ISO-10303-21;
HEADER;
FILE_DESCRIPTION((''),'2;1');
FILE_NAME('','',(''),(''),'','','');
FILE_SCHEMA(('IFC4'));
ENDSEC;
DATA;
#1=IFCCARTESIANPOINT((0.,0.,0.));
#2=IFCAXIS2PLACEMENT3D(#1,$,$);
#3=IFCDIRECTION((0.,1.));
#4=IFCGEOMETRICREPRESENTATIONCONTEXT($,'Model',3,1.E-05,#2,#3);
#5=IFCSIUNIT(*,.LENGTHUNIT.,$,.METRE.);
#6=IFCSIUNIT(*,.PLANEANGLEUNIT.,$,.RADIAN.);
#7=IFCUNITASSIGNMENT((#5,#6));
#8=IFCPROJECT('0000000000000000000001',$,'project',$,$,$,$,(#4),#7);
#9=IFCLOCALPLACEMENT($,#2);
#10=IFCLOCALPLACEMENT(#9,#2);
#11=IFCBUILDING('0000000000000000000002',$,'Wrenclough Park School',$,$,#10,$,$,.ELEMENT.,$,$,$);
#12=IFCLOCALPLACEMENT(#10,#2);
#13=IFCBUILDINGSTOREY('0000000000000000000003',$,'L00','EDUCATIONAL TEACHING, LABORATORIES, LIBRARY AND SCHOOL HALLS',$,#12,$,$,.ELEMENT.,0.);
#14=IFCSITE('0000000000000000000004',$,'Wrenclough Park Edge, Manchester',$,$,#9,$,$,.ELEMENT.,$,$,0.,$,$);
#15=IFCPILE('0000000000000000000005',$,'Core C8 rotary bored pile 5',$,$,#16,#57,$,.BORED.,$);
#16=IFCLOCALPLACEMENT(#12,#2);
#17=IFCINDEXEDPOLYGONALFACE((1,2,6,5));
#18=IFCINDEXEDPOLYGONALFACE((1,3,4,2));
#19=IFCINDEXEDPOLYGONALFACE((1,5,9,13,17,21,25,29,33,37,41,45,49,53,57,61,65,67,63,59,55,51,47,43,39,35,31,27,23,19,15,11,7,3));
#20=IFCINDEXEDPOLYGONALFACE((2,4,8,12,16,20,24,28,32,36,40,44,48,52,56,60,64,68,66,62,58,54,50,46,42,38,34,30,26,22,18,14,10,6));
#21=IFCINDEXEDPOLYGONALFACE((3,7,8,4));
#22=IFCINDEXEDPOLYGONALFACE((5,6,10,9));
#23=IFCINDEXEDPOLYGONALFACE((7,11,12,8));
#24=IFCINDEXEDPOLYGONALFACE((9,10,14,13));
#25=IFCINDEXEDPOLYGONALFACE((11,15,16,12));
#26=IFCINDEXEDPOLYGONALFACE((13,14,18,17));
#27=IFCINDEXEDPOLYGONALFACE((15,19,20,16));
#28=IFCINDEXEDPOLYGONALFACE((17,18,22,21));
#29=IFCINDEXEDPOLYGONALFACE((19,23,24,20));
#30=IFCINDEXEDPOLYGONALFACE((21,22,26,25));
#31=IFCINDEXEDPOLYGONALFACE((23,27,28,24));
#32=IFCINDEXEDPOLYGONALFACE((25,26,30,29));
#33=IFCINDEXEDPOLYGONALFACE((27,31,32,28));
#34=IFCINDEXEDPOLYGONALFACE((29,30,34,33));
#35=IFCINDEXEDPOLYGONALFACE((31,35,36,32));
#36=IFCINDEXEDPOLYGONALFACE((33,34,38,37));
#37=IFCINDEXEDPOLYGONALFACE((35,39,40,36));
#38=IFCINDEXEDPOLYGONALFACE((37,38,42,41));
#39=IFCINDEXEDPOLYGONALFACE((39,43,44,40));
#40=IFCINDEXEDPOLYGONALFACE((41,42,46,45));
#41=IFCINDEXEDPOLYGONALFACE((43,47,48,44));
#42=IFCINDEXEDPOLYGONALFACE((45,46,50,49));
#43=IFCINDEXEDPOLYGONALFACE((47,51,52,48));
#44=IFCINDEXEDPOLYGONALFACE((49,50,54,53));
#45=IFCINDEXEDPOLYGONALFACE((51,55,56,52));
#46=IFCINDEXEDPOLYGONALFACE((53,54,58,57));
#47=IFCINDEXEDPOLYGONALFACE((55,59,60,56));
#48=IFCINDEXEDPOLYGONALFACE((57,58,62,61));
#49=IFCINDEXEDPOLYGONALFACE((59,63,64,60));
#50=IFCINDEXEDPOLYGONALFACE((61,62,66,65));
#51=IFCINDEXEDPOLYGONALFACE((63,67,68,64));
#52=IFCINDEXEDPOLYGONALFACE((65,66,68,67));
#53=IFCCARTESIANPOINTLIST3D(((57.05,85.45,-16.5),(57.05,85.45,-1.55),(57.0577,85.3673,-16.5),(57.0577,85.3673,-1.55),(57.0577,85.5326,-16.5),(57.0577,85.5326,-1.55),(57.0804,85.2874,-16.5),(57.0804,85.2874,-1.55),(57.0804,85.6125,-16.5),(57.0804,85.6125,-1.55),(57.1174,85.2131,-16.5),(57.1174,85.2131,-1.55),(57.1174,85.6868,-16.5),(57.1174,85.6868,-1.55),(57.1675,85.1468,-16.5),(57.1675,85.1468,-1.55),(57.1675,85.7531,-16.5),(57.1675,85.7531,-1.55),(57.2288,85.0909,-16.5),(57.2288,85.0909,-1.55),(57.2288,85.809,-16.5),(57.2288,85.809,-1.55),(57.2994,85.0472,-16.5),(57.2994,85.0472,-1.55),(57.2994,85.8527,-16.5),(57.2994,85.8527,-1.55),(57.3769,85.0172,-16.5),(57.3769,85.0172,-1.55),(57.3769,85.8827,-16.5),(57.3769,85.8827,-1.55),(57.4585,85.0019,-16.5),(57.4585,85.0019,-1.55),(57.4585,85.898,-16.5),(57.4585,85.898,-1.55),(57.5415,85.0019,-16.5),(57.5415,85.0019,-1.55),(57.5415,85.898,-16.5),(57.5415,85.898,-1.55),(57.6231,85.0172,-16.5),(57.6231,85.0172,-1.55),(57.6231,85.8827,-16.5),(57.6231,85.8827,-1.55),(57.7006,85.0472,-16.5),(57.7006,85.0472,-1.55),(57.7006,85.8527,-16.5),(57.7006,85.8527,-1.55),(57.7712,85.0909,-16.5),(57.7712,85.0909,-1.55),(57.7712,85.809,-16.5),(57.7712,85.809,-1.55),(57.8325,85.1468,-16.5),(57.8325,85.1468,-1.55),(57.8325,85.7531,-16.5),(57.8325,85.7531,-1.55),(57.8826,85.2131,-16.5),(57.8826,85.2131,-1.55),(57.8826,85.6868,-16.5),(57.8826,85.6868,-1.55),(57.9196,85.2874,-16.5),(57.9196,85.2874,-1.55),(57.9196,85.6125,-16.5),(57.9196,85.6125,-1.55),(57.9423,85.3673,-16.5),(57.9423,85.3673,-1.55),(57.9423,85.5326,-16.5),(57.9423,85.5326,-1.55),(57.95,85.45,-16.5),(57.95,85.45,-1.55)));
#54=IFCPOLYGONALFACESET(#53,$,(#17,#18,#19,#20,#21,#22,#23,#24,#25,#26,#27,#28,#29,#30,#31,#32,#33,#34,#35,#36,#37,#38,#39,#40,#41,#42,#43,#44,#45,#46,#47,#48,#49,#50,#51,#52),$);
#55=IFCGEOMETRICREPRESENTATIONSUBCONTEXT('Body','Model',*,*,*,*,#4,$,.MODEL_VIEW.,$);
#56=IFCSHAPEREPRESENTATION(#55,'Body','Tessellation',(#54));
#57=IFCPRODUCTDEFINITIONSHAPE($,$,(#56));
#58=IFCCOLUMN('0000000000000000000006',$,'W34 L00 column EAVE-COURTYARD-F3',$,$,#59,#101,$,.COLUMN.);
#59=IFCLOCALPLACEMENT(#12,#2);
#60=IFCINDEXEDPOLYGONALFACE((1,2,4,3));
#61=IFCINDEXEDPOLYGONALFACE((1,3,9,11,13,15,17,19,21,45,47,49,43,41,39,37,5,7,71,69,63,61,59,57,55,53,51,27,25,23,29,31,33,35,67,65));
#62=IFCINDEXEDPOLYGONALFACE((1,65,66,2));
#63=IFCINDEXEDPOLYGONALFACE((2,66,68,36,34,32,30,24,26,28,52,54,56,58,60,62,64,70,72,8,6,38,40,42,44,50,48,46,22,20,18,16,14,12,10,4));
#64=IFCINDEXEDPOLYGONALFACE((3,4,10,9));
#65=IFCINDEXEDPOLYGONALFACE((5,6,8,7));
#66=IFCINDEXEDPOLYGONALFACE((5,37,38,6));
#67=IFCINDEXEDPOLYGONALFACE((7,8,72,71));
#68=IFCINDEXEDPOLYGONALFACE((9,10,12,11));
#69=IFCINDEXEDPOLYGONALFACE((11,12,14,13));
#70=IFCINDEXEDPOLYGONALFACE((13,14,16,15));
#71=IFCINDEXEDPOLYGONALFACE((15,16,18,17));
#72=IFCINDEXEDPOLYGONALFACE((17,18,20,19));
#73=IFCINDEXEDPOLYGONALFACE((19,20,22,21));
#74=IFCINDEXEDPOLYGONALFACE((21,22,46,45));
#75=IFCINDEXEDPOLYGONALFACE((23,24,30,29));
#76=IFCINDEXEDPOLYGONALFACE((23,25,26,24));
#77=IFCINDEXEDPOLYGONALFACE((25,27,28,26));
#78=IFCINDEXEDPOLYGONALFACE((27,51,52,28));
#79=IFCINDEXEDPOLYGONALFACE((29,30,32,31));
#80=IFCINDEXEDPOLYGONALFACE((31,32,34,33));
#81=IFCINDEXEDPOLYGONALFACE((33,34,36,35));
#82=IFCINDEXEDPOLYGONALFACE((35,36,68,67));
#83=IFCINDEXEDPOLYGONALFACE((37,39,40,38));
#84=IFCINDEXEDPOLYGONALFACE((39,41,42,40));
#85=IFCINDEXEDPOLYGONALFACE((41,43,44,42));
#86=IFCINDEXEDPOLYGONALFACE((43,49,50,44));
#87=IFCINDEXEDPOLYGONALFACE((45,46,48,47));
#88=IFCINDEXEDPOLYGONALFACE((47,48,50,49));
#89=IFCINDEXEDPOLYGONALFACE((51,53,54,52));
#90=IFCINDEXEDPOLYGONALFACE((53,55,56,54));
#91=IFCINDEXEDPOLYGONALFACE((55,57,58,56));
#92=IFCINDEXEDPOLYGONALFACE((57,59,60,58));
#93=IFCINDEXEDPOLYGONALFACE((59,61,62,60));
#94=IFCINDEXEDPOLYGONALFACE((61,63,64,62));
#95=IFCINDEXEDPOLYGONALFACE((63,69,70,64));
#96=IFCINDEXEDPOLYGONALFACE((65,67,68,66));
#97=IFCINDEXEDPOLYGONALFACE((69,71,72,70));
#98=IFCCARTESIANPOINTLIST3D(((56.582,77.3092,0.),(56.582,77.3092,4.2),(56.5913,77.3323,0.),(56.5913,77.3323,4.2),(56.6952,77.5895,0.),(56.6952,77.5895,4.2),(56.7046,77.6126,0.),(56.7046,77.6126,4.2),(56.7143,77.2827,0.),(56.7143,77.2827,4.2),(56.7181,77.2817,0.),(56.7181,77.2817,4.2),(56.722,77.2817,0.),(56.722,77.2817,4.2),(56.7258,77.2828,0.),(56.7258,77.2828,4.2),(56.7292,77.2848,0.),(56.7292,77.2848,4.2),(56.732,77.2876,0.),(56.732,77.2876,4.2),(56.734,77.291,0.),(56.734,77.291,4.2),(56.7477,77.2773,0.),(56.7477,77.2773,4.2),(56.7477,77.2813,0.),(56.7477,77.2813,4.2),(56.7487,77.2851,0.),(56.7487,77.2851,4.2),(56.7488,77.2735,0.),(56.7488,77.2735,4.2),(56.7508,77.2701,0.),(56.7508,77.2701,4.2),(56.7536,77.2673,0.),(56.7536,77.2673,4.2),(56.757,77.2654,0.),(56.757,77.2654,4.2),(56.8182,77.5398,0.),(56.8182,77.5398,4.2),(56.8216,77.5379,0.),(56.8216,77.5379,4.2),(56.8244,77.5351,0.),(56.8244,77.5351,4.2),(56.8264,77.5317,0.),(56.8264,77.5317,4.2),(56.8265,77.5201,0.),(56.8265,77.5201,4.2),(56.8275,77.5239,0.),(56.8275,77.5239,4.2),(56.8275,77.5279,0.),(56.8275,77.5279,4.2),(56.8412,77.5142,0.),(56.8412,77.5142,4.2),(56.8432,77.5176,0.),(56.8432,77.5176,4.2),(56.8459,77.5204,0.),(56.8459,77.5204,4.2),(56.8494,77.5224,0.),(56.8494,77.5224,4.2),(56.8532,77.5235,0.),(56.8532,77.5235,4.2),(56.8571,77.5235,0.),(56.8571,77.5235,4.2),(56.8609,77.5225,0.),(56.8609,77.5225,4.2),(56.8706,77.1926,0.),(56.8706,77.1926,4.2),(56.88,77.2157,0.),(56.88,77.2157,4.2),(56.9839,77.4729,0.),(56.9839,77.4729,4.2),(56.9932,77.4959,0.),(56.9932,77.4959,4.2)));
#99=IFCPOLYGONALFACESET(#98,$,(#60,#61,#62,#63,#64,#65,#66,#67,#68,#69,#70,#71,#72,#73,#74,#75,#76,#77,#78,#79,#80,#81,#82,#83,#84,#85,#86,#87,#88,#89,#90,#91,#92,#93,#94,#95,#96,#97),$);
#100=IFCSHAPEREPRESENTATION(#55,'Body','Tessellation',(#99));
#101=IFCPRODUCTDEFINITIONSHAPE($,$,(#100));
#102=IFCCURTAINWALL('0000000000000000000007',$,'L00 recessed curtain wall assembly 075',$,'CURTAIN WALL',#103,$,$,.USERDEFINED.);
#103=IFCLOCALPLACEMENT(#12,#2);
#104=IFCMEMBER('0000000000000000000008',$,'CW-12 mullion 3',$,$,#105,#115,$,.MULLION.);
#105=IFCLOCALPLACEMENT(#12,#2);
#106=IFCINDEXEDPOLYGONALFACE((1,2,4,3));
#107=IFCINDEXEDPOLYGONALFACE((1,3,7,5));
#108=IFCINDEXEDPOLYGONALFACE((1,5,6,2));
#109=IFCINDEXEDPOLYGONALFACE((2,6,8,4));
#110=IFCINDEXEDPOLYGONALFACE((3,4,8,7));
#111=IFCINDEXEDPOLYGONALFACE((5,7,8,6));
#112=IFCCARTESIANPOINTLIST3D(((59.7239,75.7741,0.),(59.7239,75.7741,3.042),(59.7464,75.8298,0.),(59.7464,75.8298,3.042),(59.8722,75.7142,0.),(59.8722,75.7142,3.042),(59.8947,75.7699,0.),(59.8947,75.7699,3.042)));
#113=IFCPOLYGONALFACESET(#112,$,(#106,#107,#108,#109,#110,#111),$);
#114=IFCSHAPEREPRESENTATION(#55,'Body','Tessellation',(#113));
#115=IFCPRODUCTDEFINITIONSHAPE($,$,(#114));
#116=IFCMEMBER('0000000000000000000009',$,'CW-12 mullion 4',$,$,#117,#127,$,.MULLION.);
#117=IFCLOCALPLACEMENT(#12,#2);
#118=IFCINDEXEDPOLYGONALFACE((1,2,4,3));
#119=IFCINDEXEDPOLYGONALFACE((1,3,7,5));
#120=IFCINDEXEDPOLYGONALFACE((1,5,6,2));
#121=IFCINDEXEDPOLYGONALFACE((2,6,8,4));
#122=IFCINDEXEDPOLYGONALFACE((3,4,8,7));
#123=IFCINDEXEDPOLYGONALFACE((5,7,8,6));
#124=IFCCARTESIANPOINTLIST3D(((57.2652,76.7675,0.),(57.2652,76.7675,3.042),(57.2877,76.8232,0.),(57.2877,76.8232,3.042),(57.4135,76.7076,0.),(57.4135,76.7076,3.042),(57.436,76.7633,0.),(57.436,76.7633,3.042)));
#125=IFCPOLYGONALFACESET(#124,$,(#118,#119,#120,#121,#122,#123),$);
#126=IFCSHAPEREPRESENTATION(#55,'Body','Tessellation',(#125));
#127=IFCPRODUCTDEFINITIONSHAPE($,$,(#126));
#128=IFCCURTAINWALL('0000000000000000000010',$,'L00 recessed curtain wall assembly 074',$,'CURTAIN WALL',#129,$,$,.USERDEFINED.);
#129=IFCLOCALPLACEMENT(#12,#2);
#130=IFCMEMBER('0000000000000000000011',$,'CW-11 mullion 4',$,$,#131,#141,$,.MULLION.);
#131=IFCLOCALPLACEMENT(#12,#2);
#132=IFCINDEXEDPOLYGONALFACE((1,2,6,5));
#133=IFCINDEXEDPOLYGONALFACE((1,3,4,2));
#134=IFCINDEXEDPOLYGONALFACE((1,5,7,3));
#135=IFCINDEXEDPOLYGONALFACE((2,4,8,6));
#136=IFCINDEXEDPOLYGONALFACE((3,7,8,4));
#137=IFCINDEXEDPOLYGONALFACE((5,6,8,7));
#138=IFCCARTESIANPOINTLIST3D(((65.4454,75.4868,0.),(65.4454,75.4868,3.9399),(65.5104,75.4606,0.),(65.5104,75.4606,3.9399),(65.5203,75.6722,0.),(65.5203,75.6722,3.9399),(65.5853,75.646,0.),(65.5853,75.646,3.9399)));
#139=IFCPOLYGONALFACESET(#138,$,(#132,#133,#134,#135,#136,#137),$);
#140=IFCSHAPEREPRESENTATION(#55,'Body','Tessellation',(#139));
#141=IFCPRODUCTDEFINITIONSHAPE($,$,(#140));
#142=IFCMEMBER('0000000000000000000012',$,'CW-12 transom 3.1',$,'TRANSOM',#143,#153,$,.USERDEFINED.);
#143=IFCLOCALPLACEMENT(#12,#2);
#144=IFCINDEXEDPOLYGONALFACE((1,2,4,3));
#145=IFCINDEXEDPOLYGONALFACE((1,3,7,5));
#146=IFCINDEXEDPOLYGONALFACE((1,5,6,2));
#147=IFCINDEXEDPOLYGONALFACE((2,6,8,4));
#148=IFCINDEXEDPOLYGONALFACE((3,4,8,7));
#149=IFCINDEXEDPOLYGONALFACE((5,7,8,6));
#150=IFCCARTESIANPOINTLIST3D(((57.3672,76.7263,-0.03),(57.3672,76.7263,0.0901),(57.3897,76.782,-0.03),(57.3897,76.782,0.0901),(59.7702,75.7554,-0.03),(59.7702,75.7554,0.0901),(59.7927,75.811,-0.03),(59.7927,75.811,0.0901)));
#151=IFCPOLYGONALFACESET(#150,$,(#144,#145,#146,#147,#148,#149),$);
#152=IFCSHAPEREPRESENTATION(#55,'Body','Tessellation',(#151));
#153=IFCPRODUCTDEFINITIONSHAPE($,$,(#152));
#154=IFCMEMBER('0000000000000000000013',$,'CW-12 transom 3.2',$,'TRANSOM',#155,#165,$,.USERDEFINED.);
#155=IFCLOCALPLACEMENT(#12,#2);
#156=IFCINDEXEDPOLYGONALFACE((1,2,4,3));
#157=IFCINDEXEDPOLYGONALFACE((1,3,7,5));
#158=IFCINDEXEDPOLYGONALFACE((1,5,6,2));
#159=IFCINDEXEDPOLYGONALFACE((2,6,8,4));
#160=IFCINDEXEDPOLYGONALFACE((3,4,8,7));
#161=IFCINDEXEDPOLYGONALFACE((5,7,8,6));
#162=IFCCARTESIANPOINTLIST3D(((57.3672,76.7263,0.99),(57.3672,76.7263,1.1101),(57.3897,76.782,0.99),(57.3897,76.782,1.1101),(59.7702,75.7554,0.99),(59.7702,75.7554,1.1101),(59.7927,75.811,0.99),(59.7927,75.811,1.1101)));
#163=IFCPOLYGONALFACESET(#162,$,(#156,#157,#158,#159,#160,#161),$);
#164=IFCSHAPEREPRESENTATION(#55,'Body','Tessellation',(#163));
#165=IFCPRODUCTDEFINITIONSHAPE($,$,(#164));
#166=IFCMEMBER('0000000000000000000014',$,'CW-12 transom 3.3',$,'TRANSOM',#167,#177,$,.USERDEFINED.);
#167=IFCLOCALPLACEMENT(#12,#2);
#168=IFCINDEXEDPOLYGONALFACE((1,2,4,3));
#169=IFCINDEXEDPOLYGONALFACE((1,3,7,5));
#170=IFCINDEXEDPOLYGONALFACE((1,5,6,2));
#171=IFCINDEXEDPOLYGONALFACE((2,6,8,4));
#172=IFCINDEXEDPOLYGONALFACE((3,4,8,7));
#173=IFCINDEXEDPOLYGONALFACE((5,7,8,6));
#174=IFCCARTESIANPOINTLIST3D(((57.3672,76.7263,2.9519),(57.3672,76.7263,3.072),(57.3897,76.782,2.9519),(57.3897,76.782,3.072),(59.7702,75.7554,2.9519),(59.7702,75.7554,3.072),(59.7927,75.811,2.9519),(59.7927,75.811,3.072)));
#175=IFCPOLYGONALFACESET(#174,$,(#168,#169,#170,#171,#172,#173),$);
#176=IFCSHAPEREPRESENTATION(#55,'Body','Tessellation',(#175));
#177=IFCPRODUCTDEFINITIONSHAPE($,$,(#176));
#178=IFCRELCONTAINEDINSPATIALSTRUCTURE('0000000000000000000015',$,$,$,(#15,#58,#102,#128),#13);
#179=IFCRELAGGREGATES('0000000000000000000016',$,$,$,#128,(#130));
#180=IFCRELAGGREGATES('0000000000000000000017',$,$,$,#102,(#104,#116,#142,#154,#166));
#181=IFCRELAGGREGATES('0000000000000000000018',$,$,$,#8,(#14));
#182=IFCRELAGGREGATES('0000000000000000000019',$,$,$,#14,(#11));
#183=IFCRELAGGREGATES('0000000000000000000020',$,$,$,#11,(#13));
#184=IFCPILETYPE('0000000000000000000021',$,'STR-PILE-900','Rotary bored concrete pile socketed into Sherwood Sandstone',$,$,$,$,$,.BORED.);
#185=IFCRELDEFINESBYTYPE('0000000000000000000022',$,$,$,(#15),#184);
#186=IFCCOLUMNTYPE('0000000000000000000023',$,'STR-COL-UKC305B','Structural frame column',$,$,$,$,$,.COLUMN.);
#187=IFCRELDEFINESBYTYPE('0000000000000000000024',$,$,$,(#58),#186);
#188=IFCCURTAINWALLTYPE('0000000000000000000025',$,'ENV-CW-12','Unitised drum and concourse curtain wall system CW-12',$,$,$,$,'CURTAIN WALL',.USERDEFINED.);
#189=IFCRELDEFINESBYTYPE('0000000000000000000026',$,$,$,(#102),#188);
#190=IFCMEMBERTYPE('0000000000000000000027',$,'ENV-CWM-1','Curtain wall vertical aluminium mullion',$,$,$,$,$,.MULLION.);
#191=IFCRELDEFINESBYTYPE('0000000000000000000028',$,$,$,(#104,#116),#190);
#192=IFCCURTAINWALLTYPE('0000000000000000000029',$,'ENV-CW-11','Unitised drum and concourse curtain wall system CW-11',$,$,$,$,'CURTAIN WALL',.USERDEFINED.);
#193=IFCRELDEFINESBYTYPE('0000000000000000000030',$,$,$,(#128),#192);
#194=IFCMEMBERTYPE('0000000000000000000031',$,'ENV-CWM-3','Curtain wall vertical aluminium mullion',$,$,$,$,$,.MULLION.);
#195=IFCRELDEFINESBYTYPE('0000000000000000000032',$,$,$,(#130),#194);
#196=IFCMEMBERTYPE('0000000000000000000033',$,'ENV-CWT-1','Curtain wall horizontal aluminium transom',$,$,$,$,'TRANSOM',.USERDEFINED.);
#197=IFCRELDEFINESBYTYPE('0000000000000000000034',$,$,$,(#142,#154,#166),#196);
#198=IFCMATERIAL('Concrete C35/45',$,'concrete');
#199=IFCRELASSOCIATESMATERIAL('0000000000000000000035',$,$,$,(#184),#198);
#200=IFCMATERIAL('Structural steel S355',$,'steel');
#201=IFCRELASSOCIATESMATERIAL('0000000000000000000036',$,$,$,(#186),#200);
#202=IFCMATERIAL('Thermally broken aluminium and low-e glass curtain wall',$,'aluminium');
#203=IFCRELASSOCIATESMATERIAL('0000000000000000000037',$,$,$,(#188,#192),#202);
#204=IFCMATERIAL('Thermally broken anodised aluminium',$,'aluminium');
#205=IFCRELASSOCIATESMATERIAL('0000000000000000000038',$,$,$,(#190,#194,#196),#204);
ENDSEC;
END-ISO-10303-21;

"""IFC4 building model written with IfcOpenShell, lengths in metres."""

from ifc_helpers import new_model, si_unit, direction, frame, origin, origin_2d, place, context, subcontext, project, spatial, rectangle, circle, i_section, extrude, material, material_profile, profile_set, type_object, element, aggregate, save


model = new_model("IFC4")

# Units and contexts
model_context = context("Model", 3, precision=1e-05, world=origin(), true_north=direction((0.0, 1.0)))
body_context = subcontext(model_context, "Body", "Model", "MODEL_VIEW")
ifc_project = project(units=[si_unit("LENGTHUNIT", "METRE"), si_unit("PLANEANGLEUNIT", "RADIAN")], contexts=[model_context])

# Site, building, storey
site_placement = place(None, origin())
site = spatial("IfcSite", under=ifc_project, at=site_placement, Name="Wrenclough Park Edge, Manchester", CompositionType="ELEMENT", RefElevation=0.0)
building_placement = place(site_placement, origin())
building = spatial("IfcBuilding", under=site, at=building_placement, Name="Wrenclough Park School", CompositionType="ELEMENT")
storey_placement = place(building_placement, origin())
storey = spatial("IfcBuildingStorey", under=building, at=storey_placement, Name="L00", Description="EDUCATIONAL TEACHING, LABORATORIES, LIBRARY AND SCHOOL HALLS", CompositionType="ELEMENT", Elevation=0.0)

# Shared definitions
ifc_material_1 = material(Name="Concrete C35/45", Category="concrete")

# Pile
ifc_material_profile_1 = material_profile(ifc_material_1, circle(Radius=0.45, at=origin_2d()), Name="BORED PILE D900")
ifc_profile_set_1 = profile_set([ifc_material_profile_1], Name="Concrete C35/45")
pile_type_1 = type_object("IfcPileType", Name="STR-PILE-900", Description="Rotary bored concrete pile socketed into Sherwood Sandstone", PredefinedType="BORED", material=ifc_profile_set_1)
pile_placement = place(storey_placement, frame((57.5, 85.45, -1.55), z_axis=(0.0, 0.0, -1.0), x_axis=(1.0, 0.0, 0.0)))
element("IfcPile", 1, at=pile_placement, inside=storey, type_object=pile_type_1, Name="Core C8 rotary bored pile 5", PredefinedType="BORED", context=body_context, shape_type="SweptSolid", body=[
    extrude(circle(Radius=0.45, at=origin_2d()), origin(), (0.0, 0.0, 1.0), 14.95),
])

# Column
ifc_material_2 = material(Name="Structural steel S355", Category="steel")
ifc_material_profile_2 = material_profile(ifc_material_2, i_section(OverallWidth=0.3113, OverallDepth=0.3271, WebThickness=0.0159, FlangeThickness=0.0249, FilletRadius=0.0151, at=origin_2d()), Name="UKC 305x305x158")
ifc_profile_set_2 = profile_set([ifc_material_profile_2], Name="Structural steel S355")
column_type = type_object("IfcColumnType", Name="STR-COL-UKC305B", Description="Structural frame column", PredefinedType="COLUMN", material=ifc_profile_set_2)
column_placement = place(storey_placement, frame((56.7876, 77.4026, 0.0), z_axis=(0.0, 0.0, 1.0), x_axis=(0.927184, -0.374607, 0.0)))
element("IfcColumn", 2, at=column_placement, inside=storey, type_object=column_type, Name="W34 L00 column EAVE-COURTYARD-F3", PredefinedType="COLUMN", context=body_context, shape_type="SweptSolid", body=[
    extrude(i_section(OverallWidth=0.3113, OverallDepth=0.3271, WebThickness=0.0159, FlangeThickness=0.0249, FilletRadius=0.0151, at=origin_2d()), origin(), (0.0, 0.0, 1.0), 4.2),
])

# Curtain wall, members
ifc_material_3 = material(Name="Thermally broken aluminium and low-e glass curtain wall", Category="aluminium")
curtain_wall_type_1 = type_object("IfcCurtainWallType", Name="ENV-CW-12", Description="Unitised drum and concourse curtain wall system CW-12", ElementType="CURTAIN WALL", PredefinedType="USERDEFINED", material=ifc_material_3)
curtain_wall_1_placement = place(storey_placement, origin())
curtain_wall_1 = element("IfcCurtainWall", 3, at=curtain_wall_1_placement, inside=storey, type_object=curtain_wall_type_1, Name="L00 recessed curtain wall assembly 075", ObjectType="CURTAIN WALL", PredefinedType="USERDEFINED")
ifc_material_4 = material(Name="Thermally broken anodised aluminium", Category="aluminium")
ifc_material_profile_3 = material_profile(ifc_material_4, rectangle(XDim=0.0601, YDim=0.1599, at=origin_2d()), Name="AL MULLION 60x160")
ifc_profile_set_3 = profile_set([ifc_material_profile_3], Name="Thermally broken anodised aluminium")
member_type_1 = type_object("IfcMemberType", Name="ENV-CWM-1", Description="Curtain wall vertical aluminium mullion", PredefinedType="MULLION", material=ifc_profile_set_3)
member_1_placement = place(storey_placement, frame((59.8093, 75.772, 0.0), z_axis=(0.0, 0.0, 1.0), x_axis=(-0.374603, -0.927185, 0.0)))
member_1 = element("IfcMember", 4, at=member_1_placement, type_object=member_type_1, Name="CW-12 mullion 3", PredefinedType="MULLION", context=body_context, shape_type="SweptSolid", body=[
    extrude(rectangle(XDim=0.0601, YDim=0.1599, at=origin_2d()), origin(), (0.0, 0.0, 1.0), 3.042),
])
member_2_placement = place(storey_placement, frame((57.3506, 76.7654, 0.0), z_axis=(0.0, 0.0, 1.0), x_axis=(-0.374603, -0.927185, 0.0)))
member_2 = element("IfcMember", 5, at=member_2_placement, type_object=member_type_1, Name="CW-12 mullion 4", PredefinedType="MULLION", context=body_context, shape_type="SweptSolid", body=[
    extrude(rectangle(XDim=0.0601, YDim=0.1599, at=origin_2d()), origin(), (0.0, 0.0, 1.0), 3.042),
])

# Curtain wall, member
curtain_wall_type_2 = type_object("IfcCurtainWallType", Name="ENV-CW-11", Description="Unitised drum and concourse curtain wall system CW-11", ElementType="CURTAIN WALL", PredefinedType="USERDEFINED", material=ifc_material_3)
curtain_wall_2_placement = place(storey_placement, origin())
curtain_wall_2 = element("IfcCurtainWall", 6, at=curtain_wall_2_placement, inside=storey, type_object=curtain_wall_type_2, Name="L00 recessed curtain wall assembly 074", ObjectType="CURTAIN WALL", PredefinedType="USERDEFINED")
ifc_material_profile_4 = material_profile(ifc_material_4, rectangle(XDim=0.0701, YDim=0.2, at=origin_2d()), Name="AL MULLION 70x200")
ifc_profile_set_4 = profile_set([ifc_material_profile_4], Name="Thermally broken anodised aluminium")
member_type_2 = type_object("IfcMemberType", Name="ENV-CWM-3", Description="Curtain wall vertical aluminium mullion", PredefinedType="MULLION", material=ifc_profile_set_4)
member_3_placement = place(storey_placement, frame((65.5154, 75.5664, 0.0), z_axis=(0.0, 0.0, 1.0), x_axis=(0.927186, -0.374601, 0.0)))
member_3 = element("IfcMember", 7, at=member_3_placement, type_object=member_type_2, Name="CW-11 mullion 4", PredefinedType="MULLION", context=body_context, shape_type="SweptSolid", body=[
    extrude(rectangle(XDim=0.0701, YDim=0.2, at=origin_2d()), origin(), (0.0, 0.0, 1.0), 3.9399),
])

# Members
ifc_material_profile_5 = material_profile(ifc_material_4, rectangle(XDim=0.0601, YDim=0.1201, at=origin_2d()), Name="AL TRANSOM 60x120")
ifc_profile_set_5 = profile_set([ifc_material_profile_5], Name="Thermally broken anodised aluminium")
member_type_3 = type_object("IfcMemberType", Name="ENV-CWT-1", Description="Curtain wall horizontal aluminium transom", ElementType="TRANSOM", PredefinedType="USERDEFINED", material=ifc_profile_set_5)
member_4_placement = place(storey_placement, frame((59.7815, 75.7832, 0.03), z_axis=(-0.927178, 0.37462, 0.0), x_axis=(-0.37462, -0.927178, 0.0)))
member_4 = element("IfcMember", 8, at=member_4_placement, type_object=member_type_3, Name="CW-12 transom 3.1", ObjectType="TRANSOM", PredefinedType="USERDEFINED", context=body_context, shape_type="SweptSolid", body=[
    extrude(rectangle(XDim=0.0601, YDim=0.1201, at=origin_2d()), origin(), (0.0, 0.0, 1.0), 2.5918),
])
member_5_placement = place(storey_placement, frame((59.7815, 75.7832, 1.05), z_axis=(-0.927178, 0.37462, 0.0), x_axis=(-0.37462, -0.927178, 0.0)))
member_5 = element("IfcMember", 9, at=member_5_placement, type_object=member_type_3, Name="CW-12 transom 3.2", ObjectType="TRANSOM", PredefinedType="USERDEFINED", context=body_context, shape_type="SweptSolid", body=[
    extrude(rectangle(XDim=0.0601, YDim=0.1201, at=origin_2d()), origin(), (0.0, 0.0, 1.0), 2.5918),
])
member_6_placement = place(storey_placement, frame((59.7815, 75.7832, 3.012), z_axis=(-0.927178, 0.37462, 0.0), x_axis=(-0.37462, -0.927178, 0.0)))
member_6 = element("IfcMember", 10, at=member_6_placement, type_object=member_type_3, Name="CW-12 transom 3.3", ObjectType="TRANSOM", PredefinedType="USERDEFINED", context=body_context, shape_type="SweptSolid", body=[
    extrude(rectangle(XDim=0.0601, YDim=0.1201, at=origin_2d()), origin(), (0.0, 0.0, 1.0), 2.5918),
])

aggregate(curtain_wall_2, [member_3])
aggregate(curtain_wall_1, [member_1, member_2, member_4, member_5, member_6])

save(model, "model.ifc")
